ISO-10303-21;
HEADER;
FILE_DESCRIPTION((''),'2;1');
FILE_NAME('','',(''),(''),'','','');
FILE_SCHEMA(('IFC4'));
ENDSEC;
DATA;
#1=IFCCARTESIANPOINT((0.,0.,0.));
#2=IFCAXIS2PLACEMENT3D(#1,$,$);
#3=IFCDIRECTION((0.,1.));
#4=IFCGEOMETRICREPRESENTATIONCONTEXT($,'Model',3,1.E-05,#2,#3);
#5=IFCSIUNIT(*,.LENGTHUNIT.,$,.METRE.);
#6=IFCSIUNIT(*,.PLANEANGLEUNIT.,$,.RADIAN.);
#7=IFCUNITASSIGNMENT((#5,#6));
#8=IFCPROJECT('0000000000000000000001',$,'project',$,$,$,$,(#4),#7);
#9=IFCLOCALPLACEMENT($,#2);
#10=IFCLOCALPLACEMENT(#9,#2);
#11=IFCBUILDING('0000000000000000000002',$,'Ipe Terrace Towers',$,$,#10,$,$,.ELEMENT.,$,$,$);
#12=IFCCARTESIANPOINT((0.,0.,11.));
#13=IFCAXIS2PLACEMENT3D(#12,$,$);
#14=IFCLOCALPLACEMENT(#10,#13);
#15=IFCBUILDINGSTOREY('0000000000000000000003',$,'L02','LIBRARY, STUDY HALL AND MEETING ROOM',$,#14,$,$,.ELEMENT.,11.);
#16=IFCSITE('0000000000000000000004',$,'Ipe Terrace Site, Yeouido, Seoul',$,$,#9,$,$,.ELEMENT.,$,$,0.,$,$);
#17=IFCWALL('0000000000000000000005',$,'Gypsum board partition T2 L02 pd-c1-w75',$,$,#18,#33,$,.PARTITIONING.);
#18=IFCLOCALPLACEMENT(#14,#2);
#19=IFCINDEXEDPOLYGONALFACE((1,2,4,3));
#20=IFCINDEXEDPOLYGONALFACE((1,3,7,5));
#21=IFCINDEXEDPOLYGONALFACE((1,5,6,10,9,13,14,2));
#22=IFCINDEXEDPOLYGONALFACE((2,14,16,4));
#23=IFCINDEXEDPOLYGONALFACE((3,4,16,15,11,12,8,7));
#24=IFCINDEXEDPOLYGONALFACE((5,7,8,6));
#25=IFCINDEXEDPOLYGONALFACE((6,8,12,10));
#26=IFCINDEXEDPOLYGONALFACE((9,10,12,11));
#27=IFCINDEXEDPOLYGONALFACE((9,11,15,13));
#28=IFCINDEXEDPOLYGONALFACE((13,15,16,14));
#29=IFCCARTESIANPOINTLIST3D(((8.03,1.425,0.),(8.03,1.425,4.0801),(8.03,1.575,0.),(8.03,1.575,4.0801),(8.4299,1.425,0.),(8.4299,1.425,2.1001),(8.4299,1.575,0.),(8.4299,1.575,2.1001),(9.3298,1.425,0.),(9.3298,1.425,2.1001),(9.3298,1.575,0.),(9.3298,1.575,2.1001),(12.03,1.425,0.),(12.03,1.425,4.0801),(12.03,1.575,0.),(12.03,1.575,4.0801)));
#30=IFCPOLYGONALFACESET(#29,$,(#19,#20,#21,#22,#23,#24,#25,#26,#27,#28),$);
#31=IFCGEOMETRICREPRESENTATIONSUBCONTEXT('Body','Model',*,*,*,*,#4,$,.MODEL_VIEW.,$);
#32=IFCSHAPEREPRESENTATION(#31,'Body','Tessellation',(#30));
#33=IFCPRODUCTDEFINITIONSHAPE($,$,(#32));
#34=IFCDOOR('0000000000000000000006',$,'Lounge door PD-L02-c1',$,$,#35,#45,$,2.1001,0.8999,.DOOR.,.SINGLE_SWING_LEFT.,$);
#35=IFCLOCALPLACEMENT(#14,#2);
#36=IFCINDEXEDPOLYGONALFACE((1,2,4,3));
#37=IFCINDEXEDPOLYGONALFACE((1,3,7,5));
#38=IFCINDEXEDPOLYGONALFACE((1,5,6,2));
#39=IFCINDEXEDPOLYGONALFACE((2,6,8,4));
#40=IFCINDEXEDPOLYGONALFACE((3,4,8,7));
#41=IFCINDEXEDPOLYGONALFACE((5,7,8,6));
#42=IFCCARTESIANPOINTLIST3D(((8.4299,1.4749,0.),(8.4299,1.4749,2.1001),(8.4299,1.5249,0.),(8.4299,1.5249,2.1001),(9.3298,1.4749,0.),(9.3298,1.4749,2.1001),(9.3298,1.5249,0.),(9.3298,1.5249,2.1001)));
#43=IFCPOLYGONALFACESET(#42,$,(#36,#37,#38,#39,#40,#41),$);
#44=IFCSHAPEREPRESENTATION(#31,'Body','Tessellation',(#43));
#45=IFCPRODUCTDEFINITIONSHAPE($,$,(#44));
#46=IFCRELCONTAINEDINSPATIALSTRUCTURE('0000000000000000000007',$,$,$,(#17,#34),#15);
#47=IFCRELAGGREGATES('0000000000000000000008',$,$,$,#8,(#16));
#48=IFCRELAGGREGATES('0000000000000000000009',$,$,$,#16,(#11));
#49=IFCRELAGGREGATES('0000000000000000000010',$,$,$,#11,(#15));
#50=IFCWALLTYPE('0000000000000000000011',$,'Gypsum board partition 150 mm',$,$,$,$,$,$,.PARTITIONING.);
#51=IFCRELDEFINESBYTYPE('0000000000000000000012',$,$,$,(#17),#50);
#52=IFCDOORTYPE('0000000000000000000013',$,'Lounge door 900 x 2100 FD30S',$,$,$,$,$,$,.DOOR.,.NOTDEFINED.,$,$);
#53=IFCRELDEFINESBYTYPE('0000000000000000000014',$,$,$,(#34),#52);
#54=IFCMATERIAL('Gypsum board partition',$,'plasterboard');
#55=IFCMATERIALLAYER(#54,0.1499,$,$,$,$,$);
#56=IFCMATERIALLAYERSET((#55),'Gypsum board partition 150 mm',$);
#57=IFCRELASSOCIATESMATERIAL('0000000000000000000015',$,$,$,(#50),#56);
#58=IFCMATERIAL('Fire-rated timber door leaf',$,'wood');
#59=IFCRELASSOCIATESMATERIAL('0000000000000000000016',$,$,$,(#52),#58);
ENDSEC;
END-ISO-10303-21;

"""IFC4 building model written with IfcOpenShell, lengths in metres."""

from ifc_helpers import new_model, si_unit, direction, frame, frame_2d, origin, place, context, subcontext, project, spatial, rectangle, extrude, material, layer, layer_set, type_object, element, fill, save


model = new_model("IFC4")

# Units and contexts
model_context = context("Model", 3, precision=1e-05, world=origin(), true_north=direction((0.0, 1.0)))
body_context = subcontext(model_context, "Body", "Model", "MODEL_VIEW")
ifc_project = project(units=[si_unit("LENGTHUNIT", "METRE"), si_unit("PLANEANGLEUNIT", "RADIAN")], contexts=[model_context])

# Site, building, storey
site_placement = place(None, origin())
site = spatial("IfcSite", under=ifc_project, at=site_placement, Name="Ipe Terrace Site, Yeouido, Seoul", CompositionType="ELEMENT", RefElevation=0.0)
building_placement = place(site_placement, origin())
building = spatial("IfcBuilding", under=site, at=building_placement, Name="Ipe Terrace Towers", CompositionType="ELEMENT")
storey_placement = place(building_placement, frame((0.0, 0.0, 11.0)))
storey = spatial("IfcBuildingStorey", under=building, at=storey_placement, Name="L02", Description="LIBRARY, STUDY HALL AND MEETING ROOM", CompositionType="ELEMENT", Elevation=11.0)

# Shared definitions
ifc_material_1 = material(Name="Gypsum board partition", Category="plasterboard")
ifc_layer_1 = layer(ifc_material_1, 0.1499)
ifc_layer_set_1 = layer_set([ifc_layer_1], Name="Gypsum board partition 150 mm")
wall_type = type_object("IfcWallType", Name="Gypsum board partition 150 mm", PredefinedType="PARTITIONING", material=ifc_layer_set_1)

# Wall, opening, door
wall_1_placement = place(storey_placement, frame((8.03, 1.5, 0.0), z_axis=(0.0, 0.0, 1.0), x_axis=(1.0, 0.0, 0.0)))
wall_1 = element("IfcWall", 1, at=wall_1_placement, inside=storey, type_object=wall_type, Name="Gypsum board partition T2 L02 pd-c1-w75", PredefinedType="PARTITIONING", context=body_context, shape_type="SweptSolid", body=[
    extrude(rectangle(XDim=4.0, YDim=0.1499, at=frame_2d((2.0, 0.0))), origin(), (0.0, 0.0, 1.0), 4.0801),
])
opening_1_placement = place(wall_1_placement, frame((0.3999, 0.0, 0.0)))
opening_1 = element("IfcOpeningElement", 2, at=opening_1_placement, cuts=wall_1, PredefinedType="OPENING", context=body_context, shape_type="SweptSolid", body=[
    extrude(rectangle(XDim=0.8999, YDim=2.1001, at=frame_2d((0.45, 1.05))), frame((0.0, 0.085, 0.0), z_axis=(0.0, -1.0, 0.0), x_axis=(1.0, 0.0, 0.0)), (0.0, 0.0, 1.0), 0.1699),
])
ifc_material_2 = material(Name="Fire-rated timber door leaf", Category="wood")
door_type_1 = type_object("IfcDoorType", Name="Lounge door 900 x 2100 FD30S", OperationType="NOTDEFINED", PredefinedType="DOOR", material=ifc_material_2)
door_1_placement = place(opening_1_placement, origin())
door_1 = element("IfcDoor", 3, at=door_1_placement, inside=storey, type_object=door_type_1, Name="Lounge door PD-L02-c1", OperationType="SINGLE_SWING_LEFT", OverallHeight=2.1001, OverallWidth=0.8999, PredefinedType="DOOR", context=body_context, shape_type="SweptSolid", body=[
    extrude(rectangle(XDim=0.8999, YDim=2.1001, at=frame_2d((0.45, 1.05))), frame((0.0, 0.0249, 0.0), z_axis=(0.0, -1.0, 0.0), x_axis=(1.0, 0.0, 0.0)), (0.0, 0.0, 1.0), 0.05),
])
fill(opening_1, door_1)

save(model, "model.ifc")
